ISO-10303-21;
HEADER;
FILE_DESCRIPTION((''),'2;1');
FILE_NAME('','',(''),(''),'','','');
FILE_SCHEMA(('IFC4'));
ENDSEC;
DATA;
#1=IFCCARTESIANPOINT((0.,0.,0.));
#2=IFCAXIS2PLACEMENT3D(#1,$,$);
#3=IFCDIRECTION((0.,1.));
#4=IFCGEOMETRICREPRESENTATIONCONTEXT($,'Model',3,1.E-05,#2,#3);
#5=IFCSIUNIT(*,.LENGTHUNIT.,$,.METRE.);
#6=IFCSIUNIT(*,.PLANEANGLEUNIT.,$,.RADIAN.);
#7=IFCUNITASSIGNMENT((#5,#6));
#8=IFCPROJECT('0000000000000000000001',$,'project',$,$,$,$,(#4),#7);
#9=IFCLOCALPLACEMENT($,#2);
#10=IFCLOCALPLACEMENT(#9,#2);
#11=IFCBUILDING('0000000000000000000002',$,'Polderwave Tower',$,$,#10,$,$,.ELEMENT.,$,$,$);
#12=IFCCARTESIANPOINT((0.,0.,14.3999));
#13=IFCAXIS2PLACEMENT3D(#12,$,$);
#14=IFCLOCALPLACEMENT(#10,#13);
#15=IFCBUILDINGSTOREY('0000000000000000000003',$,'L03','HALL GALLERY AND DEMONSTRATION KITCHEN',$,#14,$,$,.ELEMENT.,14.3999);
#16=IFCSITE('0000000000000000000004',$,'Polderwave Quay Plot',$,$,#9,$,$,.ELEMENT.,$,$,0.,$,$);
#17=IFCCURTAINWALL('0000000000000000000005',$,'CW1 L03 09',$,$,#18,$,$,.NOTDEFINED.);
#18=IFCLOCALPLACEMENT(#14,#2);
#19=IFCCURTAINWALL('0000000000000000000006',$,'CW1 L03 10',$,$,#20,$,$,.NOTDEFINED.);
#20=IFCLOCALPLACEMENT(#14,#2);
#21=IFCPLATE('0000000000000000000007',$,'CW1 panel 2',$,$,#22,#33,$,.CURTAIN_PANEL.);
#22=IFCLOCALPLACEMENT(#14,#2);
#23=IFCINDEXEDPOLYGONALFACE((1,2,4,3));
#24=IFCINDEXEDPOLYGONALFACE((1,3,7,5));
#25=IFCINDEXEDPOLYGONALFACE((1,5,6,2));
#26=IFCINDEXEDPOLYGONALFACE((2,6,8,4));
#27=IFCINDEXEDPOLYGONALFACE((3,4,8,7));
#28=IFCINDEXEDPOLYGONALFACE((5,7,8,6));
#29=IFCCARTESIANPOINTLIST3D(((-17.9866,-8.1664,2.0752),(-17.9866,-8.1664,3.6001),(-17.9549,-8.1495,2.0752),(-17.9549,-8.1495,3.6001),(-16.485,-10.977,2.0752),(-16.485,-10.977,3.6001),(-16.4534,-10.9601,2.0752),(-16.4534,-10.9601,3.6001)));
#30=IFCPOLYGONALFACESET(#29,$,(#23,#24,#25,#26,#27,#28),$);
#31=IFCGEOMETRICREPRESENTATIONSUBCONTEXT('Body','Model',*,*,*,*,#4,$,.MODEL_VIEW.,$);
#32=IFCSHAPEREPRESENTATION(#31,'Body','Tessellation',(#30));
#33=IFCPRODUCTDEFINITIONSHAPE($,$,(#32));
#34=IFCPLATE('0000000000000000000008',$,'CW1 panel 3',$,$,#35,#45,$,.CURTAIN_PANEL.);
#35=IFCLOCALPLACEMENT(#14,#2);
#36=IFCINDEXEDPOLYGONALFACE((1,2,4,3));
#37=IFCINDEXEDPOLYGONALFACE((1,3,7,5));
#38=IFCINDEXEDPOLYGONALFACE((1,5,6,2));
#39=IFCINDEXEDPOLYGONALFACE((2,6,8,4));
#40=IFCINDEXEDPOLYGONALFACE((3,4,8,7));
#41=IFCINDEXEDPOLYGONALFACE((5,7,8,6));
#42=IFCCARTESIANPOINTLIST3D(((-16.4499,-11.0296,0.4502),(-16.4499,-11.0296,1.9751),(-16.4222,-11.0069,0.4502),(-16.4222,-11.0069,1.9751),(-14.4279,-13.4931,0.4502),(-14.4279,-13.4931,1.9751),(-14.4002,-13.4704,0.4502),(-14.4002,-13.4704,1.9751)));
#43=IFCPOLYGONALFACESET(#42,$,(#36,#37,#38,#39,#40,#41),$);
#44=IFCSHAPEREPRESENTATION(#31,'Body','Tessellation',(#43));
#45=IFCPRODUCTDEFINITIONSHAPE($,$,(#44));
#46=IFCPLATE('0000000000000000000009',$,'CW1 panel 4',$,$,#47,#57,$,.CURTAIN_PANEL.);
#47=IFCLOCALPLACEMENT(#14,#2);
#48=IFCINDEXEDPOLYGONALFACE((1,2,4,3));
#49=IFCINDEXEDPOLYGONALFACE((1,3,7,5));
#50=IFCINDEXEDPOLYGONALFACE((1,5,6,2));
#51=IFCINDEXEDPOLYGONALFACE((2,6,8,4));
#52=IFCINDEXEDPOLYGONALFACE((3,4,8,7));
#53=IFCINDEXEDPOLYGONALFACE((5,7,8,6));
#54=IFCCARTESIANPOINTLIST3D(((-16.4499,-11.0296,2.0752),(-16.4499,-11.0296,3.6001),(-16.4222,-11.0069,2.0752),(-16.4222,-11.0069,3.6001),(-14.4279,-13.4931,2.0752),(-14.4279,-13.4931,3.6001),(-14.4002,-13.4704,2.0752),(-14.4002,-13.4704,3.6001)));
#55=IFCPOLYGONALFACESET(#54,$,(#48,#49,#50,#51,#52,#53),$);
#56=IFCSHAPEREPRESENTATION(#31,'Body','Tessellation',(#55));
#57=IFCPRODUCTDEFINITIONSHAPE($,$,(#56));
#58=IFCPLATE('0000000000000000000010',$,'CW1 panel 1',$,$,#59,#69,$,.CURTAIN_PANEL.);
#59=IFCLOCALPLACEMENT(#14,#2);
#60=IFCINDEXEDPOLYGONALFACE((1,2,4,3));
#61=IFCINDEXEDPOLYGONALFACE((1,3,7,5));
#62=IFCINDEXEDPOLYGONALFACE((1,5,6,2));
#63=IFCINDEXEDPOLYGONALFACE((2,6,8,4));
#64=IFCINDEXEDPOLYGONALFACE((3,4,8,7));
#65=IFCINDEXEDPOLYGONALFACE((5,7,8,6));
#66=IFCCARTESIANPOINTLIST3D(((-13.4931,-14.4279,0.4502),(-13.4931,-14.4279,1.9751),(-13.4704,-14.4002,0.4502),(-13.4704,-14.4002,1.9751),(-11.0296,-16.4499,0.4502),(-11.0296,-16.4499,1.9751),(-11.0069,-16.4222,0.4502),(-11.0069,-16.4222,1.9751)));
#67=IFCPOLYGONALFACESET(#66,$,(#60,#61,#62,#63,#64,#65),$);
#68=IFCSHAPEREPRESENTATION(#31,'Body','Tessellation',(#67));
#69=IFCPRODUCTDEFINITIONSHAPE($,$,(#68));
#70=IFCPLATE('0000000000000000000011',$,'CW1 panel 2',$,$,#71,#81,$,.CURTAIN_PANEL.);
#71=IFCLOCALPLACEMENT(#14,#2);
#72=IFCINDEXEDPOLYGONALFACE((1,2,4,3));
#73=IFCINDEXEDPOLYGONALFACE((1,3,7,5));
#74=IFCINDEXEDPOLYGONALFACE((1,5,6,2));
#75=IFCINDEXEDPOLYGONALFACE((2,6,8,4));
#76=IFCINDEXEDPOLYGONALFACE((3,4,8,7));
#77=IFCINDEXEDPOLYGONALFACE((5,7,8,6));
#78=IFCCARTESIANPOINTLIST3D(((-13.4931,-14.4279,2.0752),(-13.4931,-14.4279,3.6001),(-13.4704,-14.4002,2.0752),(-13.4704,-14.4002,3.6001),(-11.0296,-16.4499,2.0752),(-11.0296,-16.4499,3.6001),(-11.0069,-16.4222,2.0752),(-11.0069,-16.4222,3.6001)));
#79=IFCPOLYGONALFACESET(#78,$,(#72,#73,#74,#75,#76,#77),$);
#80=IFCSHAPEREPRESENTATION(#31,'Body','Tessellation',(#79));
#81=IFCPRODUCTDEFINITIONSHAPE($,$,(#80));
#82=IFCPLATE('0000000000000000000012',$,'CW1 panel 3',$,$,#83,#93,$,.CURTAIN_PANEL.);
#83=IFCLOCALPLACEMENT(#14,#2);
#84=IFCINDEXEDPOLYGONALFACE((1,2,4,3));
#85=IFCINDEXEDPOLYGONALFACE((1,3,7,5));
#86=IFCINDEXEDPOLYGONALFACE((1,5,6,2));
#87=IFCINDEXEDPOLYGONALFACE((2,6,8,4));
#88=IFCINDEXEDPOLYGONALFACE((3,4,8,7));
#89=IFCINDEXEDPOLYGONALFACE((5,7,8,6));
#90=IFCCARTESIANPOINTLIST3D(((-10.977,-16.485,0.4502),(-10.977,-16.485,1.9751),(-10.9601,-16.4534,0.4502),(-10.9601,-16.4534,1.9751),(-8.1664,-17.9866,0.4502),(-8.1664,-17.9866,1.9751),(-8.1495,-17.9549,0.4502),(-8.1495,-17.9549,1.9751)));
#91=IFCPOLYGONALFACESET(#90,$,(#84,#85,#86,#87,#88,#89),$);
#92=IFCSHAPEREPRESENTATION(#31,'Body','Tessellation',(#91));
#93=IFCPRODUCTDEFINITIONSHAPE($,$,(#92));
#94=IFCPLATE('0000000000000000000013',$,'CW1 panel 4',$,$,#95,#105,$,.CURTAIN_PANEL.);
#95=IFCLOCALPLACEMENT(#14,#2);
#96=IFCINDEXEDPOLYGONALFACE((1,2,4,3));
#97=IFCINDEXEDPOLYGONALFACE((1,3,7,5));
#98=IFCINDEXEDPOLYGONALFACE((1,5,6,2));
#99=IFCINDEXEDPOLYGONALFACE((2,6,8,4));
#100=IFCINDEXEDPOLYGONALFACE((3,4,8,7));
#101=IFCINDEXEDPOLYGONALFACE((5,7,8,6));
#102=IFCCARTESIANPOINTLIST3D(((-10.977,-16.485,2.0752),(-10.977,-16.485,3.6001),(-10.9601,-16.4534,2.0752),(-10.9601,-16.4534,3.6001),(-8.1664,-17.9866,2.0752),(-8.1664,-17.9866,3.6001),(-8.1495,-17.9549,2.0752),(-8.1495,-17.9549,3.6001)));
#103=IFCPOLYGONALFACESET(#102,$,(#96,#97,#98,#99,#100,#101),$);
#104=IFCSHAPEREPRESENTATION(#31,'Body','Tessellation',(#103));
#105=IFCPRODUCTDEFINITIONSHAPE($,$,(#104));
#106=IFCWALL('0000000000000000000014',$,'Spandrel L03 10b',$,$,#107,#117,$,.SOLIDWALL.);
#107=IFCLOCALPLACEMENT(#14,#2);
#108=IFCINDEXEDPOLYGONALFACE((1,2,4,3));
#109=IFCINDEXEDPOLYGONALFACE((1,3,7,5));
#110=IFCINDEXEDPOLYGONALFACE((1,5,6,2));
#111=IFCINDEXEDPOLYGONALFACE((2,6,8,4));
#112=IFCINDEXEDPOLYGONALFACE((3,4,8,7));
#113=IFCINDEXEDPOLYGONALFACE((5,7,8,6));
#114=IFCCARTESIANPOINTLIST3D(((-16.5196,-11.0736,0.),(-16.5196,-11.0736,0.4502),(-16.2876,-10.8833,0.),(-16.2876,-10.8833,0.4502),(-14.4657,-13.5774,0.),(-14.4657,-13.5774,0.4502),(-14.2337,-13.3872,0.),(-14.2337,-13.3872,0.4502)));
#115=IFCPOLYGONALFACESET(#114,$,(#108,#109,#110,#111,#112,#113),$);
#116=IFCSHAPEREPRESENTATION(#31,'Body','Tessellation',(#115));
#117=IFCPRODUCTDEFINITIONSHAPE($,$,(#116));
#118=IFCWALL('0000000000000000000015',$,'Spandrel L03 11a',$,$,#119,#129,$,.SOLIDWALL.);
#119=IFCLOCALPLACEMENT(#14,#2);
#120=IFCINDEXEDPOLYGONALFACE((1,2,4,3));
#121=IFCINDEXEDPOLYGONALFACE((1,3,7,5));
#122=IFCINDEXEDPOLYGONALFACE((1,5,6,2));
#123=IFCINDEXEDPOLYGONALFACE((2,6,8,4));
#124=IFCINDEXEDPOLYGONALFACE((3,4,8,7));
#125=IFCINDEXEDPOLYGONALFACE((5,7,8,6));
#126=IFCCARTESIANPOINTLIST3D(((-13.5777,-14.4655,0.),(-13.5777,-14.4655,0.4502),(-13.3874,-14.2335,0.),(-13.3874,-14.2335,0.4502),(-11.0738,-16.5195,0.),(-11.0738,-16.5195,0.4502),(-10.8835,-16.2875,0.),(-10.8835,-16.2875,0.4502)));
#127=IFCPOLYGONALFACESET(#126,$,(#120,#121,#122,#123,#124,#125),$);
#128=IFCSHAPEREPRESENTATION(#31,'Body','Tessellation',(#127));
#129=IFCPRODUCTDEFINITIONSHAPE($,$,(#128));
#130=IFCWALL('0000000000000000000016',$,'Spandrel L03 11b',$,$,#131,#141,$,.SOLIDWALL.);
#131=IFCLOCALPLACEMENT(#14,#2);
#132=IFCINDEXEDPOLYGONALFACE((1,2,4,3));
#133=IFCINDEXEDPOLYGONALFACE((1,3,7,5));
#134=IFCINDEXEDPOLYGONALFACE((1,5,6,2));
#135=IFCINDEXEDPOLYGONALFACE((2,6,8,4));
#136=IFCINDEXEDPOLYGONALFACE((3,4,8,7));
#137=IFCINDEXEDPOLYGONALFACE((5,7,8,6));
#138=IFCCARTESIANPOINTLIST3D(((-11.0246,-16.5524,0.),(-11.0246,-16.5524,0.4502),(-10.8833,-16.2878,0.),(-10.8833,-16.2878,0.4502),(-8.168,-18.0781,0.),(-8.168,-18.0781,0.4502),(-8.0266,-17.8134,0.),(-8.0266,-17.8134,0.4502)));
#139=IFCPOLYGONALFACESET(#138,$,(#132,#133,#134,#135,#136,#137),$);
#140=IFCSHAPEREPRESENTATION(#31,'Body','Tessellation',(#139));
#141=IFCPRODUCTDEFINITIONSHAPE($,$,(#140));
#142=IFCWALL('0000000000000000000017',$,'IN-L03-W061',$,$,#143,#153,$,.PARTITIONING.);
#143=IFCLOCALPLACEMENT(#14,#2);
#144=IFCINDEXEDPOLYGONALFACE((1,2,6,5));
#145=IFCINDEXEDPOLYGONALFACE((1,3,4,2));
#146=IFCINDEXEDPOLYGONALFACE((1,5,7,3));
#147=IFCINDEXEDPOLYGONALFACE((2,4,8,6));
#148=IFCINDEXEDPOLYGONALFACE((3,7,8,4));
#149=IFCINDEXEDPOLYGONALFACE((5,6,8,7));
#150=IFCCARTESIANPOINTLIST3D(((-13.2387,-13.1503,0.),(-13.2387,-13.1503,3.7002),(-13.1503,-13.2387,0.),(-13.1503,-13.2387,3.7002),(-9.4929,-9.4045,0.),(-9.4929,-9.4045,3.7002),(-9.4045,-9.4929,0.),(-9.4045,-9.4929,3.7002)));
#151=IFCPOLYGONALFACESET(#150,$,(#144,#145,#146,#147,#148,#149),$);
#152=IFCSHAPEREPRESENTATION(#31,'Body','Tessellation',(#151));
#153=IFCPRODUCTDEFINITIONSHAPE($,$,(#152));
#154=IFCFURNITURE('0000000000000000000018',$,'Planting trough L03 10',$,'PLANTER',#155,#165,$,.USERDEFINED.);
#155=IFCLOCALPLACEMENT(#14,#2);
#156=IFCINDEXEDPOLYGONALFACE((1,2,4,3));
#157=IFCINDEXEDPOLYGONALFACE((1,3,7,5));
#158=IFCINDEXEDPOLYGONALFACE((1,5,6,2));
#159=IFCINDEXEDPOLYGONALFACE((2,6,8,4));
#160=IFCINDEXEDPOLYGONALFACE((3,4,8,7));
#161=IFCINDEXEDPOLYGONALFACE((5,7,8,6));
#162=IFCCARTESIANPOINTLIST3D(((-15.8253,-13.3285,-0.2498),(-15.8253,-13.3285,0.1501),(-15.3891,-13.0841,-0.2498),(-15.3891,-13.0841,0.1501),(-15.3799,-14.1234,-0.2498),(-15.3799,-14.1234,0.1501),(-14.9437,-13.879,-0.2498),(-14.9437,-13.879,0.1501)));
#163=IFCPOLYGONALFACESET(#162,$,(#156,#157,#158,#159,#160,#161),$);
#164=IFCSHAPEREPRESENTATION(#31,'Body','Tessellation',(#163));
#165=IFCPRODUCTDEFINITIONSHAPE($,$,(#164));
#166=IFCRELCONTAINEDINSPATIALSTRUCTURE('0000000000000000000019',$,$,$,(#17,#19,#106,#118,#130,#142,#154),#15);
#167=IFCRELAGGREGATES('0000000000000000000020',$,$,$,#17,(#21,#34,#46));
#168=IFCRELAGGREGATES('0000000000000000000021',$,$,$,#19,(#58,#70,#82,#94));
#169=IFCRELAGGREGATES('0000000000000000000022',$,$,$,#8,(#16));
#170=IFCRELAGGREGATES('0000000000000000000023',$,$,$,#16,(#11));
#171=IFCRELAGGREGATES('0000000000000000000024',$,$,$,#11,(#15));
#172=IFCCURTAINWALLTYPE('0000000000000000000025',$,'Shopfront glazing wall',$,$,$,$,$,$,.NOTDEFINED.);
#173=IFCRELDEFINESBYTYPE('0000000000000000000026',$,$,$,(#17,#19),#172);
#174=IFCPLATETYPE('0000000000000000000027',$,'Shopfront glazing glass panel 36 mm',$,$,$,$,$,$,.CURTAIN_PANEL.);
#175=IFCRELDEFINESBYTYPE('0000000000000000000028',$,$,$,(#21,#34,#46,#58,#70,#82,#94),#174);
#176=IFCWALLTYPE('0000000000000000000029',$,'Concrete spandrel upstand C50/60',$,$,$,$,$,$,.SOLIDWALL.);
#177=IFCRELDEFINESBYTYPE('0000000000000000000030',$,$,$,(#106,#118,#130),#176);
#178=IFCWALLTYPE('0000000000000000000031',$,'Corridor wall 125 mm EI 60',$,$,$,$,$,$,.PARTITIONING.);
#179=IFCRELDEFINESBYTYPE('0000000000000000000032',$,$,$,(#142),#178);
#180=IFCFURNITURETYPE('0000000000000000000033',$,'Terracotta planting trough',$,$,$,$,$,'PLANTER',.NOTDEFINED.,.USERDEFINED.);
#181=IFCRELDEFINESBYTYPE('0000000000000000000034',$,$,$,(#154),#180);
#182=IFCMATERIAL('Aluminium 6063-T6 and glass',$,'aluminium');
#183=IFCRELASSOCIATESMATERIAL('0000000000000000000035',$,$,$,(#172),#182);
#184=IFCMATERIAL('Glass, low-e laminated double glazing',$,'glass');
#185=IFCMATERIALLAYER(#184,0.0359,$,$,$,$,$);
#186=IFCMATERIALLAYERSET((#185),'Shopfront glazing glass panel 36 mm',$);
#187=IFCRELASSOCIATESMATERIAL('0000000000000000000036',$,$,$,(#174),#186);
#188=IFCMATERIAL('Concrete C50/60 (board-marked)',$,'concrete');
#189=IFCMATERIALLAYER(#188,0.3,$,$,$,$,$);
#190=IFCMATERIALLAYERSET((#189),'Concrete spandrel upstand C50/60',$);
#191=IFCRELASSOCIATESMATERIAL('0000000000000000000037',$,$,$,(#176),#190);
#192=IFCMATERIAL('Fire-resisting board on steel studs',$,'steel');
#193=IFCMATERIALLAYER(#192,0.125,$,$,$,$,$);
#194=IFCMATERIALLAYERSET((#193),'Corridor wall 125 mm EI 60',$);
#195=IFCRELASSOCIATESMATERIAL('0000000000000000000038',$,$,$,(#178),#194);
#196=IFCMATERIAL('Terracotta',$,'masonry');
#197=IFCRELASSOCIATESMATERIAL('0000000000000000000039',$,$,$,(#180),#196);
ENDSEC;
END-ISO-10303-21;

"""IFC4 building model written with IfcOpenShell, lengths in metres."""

from ifc_helpers import new_model, si_unit, direction, frame, frame_2d, origin, origin_2d, place, context, subcontext, project, spatial, rectangle, extrude, material, layer, layer_set, type_object, element, aggregate, save


model = new_model("IFC4")

# Units and contexts
model_context = context("Model", 3, precision=1e-05, world=origin(), true_north=direction((0.0, 1.0)))
body_context = subcontext(model_context, "Body", "Model", "MODEL_VIEW")
ifc_project = project(units=[si_unit("LENGTHUNIT", "METRE"), si_unit("PLANEANGLEUNIT", "RADIAN")], contexts=[model_context])

# Site, building, storey
site_placement = place(None, origin())
site = spatial("IfcSite", under=ifc_project, at=site_placement, Name="Polderwave Quay Plot", CompositionType="ELEMENT", RefElevation=0.0)
building_placement = place(site_placement, origin())
building = spatial("IfcBuilding", under=site, at=building_placement, Name="Polderwave Tower", CompositionType="ELEMENT")
storey_placement = place(building_placement, frame((0.0, 0.0, 14.3999)))
storey = spatial("IfcBuildingStorey", under=building, at=storey_placement, Name="L03", Description="HALL GALLERY AND DEMONSTRATION KITCHEN", CompositionType="ELEMENT", Elevation=14.3999)

# Curtain walls
ifc_material_1 = material(Name="Aluminium 6063-T6 and glass", Category="aluminium")
curtain_wall_type = type_object("IfcCurtainWallType", Name="Shopfront glazing wall", PredefinedType="NOTDEFINED", material=ifc_material_1)
curtain_wall_1_placement = place(storey_placement, origin())
curtain_wall_1 = element("IfcCurtainWall", 1, at=curtain_wall_1_placement, inside=storey, type_object=curtain_wall_type, Name="CW1 L03 09", PredefinedType="NOTDEFINED")
curtain_wall_2_placement = place(storey_placement, origin())
curtain_wall_2 = element("IfcCurtainWall", 2, at=curtain_wall_2_placement, inside=storey, type_object=curtain_wall_type, Name="CW1 L03 10", PredefinedType="NOTDEFINED")

# Plates
ifc_material_2 = material(Name="Glass, low-e laminated double glazing", Category="glass")
ifc_layer_1 = layer(ifc_material_2, 0.0359)
ifc_layer_set_1 = layer_set([ifc_layer_1], Name="Shopfront glazing glass panel 36 mm")
plate_type = type_object("IfcPlateType", Name="Shopfront glazing glass panel 36 mm", PredefinedType="CURTAIN_PANEL", material=ifc_layer_set_1)
plate_1_placement = place(storey_placement, frame((-17.22, -9.5632, 2.0752), z_axis=(0.0, 0.0, 1.0), x_axis=(0.471221, -0.882015, 0.0)))
plate_1 = element("IfcPlate", 3, at=plate_1_placement, type_object=plate_type, Name="CW1 panel 2", PredefinedType="CURTAIN_PANEL", context=body_context, shape_type="SweptSolid", body=[
    extrude(rectangle(XDim=3.1865, YDim=0.0359, at=origin_2d()), origin(), (0.0, 0.0, 1.0), 1.5249),
])
plate_2_placement = place(storey_placement, frame((-15.425, -12.25, 0.4502), z_axis=(0.0, 0.0, 1.0), x_axis=(0.634434, -0.772977, 0.0)))
plate_2 = element("IfcPlate", 4, at=plate_2_placement, type_object=plate_type, Name="CW1 panel 3", PredefinedType="CURTAIN_PANEL", context=body_context, shape_type="SweptSolid", body=[
    extrude(rectangle(XDim=3.187, YDim=0.0359, at=origin_2d()), origin(), (0.0, 0.0, 1.0), 1.5249),
])
plate_3_placement = place(storey_placement, frame((-15.425, -12.25, 2.0752), z_axis=(0.0, 0.0, 1.0), x_axis=(0.634434, -0.772977, 0.0)))
plate_3 = element("IfcPlate", 5, at=plate_3_placement, type_object=plate_type, Name="CW1 panel 4", PredefinedType="CURTAIN_PANEL", context=body_context, shape_type="SweptSolid", body=[
    extrude(rectangle(XDim=3.187, YDim=0.0359, at=origin_2d()), origin(), (0.0, 0.0, 1.0), 1.5249),
])
aggregate(curtain_wall_1, [plate_1, plate_2, plate_3])
plate_4_placement = place(storey_placement, frame((-12.25, -15.425, 0.4502), z_axis=(0.0, 0.0, 1.0), x_axis=(0.772977, -0.634434, 0.0)))
plate_4 = element("IfcPlate", 6, at=plate_4_placement, type_object=plate_type, Name="CW1 panel 1", PredefinedType="CURTAIN_PANEL", context=body_context, shape_type="SweptSolid", body=[
    extrude(rectangle(XDim=3.187, YDim=0.0359, at=origin_2d()), origin(), (0.0, 0.0, 1.0), 1.5249),
])
plate_5_placement = place(storey_placement, frame((-12.25, -15.425, 2.0752), z_axis=(0.0, 0.0, 1.0), x_axis=(0.772977, -0.634434, 0.0)))
plate_5 = element("IfcPlate", 7, at=plate_5_placement, type_object=plate_type, Name="CW1 panel 2", PredefinedType="CURTAIN_PANEL", context=body_context, shape_type="SweptSolid", body=[
    extrude(rectangle(XDim=3.187, YDim=0.0359, at=origin_2d()), origin(), (0.0, 0.0, 1.0), 1.5249),
])
plate_6_placement = place(storey_placement, frame((-9.5632, -17.22, 0.4502), z_axis=(0.0, 0.0, 1.0), x_axis=(0.882015, -0.471221, 0.0)))
plate_6 = element("IfcPlate", 8, at=plate_6_placement, type_object=plate_type, Name="CW1 panel 3", PredefinedType="CURTAIN_PANEL", context=body_context, shape_type="SweptSolid", body=[
    extrude(rectangle(XDim=3.1865, YDim=0.0359, at=origin_2d()), origin(), (0.0, 0.0, 1.0), 1.5249),
])
plate_7_placement = place(storey_placement, frame((-9.5632, -17.22, 2.0752), z_axis=(0.0, 0.0, 1.0), x_axis=(0.882015, -0.471221, 0.0)))
plate_7 = element("IfcPlate", 9, at=plate_7_placement, type_object=plate_type, Name="CW1 panel 4", PredefinedType="CURTAIN_PANEL", context=body_context, shape_type="SweptSolid", body=[
    extrude(rectangle(XDim=3.1865, YDim=0.0359, at=origin_2d()), origin(), (0.0, 0.0, 1.0), 1.5249),
])
aggregate(curtain_wall_2, [plate_4, plate_5, plate_6, plate_7])

# Walls
ifc_material_3 = material(Name="Concrete C50/60 (board-marked)", Category="concrete")
ifc_layer_2 = layer(ifc_material_3, 0.3)
ifc_layer_set_2 = layer_set([ifc_layer_2], Name="Concrete spandrel upstand C50/60")
wall_type_1 = type_object("IfcWallType", Name="Concrete spandrel upstand C50/60", PredefinedType="SOLIDWALL", material=ifc_layer_set_2)
for number, where, z_axis, x_axis, name in (
    (10, (-16.4036, -10.9785, 0.0), (0.0, 0.0, 1.0), (0.634218, -0.773154, 0.0), "Spandrel L03 10b"),
    (11, (-13.4824, -14.3496, 0.0), (0.0, 0.0, 1.0), (0.773154, -0.634218, 0.0), "Spandrel L03 11a"),
    (12, (-10.9539, -16.4202, 0.0), (0.0, 0.0, 1.0), (0.882088, -0.471085, 0.0), "Spandrel L03 11b"),
):
    element("IfcWall", number, at=place(storey_placement, frame(where, z_axis=z_axis, x_axis=x_axis)), inside=storey, type_object=wall_type_1, Name=name, PredefinedType="SOLIDWALL", context=body_context, shape_type="SweptSolid", body=[
        extrude(rectangle(XDim=3.2385, YDim=0.3, at=frame_2d((1.6191, 0.0))), origin(), (0.0, 0.0, 1.0), 0.4502),
    ])
ifc_material_4 = material(Name="Fire-resisting board on steel studs", Category="steel")
ifc_layer_3 = layer(ifc_material_4, 0.125)
ifc_layer_set_3 = layer_set([ifc_layer_3], Name="Corridor wall 125 mm EI 60")
wall_type_2 = type_object("IfcWallType", Name="Corridor wall 125 mm EI 60", PredefinedType="PARTITIONING", material=ifc_layer_set_3)
wall_placement = place(storey_placement, frame((-9.4487, -9.4487, 0.0), z_axis=(0.0, 0.0, 1.0), x_axis=(-0.707107, -0.707107, 0.0)))
element("IfcWall", 13, at=wall_placement, inside=storey, type_object=wall_type_2, Name="IN-L03-W061", PredefinedType="PARTITIONING", context=body_context, shape_type="SweptSolid", body=[
    extrude(rectangle(XDim=5.2974, YDim=0.125, at=frame_2d((2.6487, 0.0))), origin(), (0.0, 0.0, 1.0), 3.7002),
])

# Furniture
ifc_material_5 = material(Name="Terracotta", Category="masonry")
furniture_type = type_object("IfcFurnitureType", Name="Terracotta planting trough", ElementType="PLANTER", AssemblyPlace="NOTDEFINED", PredefinedType="USERDEFINED", material=ifc_material_5)
furniture_placement = place(storey_placement, frame((-15.3845, -13.6038, -0.2498), z_axis=(0.0, 0.0, 1.0), x_axis=(0.488812, -0.872389, 0.0)))
element("IfcFurniture", 14, at=furniture_placement, inside=storey, type_object=furniture_type, Name="Planting trough L03 10", ObjectType="PLANTER", PredefinedType="USERDEFINED", context=body_context, shape_type="SweptSolid", body=[
    extrude(rectangle(XDim=0.9111, YDim=0.5, at=origin_2d()), origin(), (0.0, 0.0, 1.0), 0.3999),
])

save(model, "model.ifc")
